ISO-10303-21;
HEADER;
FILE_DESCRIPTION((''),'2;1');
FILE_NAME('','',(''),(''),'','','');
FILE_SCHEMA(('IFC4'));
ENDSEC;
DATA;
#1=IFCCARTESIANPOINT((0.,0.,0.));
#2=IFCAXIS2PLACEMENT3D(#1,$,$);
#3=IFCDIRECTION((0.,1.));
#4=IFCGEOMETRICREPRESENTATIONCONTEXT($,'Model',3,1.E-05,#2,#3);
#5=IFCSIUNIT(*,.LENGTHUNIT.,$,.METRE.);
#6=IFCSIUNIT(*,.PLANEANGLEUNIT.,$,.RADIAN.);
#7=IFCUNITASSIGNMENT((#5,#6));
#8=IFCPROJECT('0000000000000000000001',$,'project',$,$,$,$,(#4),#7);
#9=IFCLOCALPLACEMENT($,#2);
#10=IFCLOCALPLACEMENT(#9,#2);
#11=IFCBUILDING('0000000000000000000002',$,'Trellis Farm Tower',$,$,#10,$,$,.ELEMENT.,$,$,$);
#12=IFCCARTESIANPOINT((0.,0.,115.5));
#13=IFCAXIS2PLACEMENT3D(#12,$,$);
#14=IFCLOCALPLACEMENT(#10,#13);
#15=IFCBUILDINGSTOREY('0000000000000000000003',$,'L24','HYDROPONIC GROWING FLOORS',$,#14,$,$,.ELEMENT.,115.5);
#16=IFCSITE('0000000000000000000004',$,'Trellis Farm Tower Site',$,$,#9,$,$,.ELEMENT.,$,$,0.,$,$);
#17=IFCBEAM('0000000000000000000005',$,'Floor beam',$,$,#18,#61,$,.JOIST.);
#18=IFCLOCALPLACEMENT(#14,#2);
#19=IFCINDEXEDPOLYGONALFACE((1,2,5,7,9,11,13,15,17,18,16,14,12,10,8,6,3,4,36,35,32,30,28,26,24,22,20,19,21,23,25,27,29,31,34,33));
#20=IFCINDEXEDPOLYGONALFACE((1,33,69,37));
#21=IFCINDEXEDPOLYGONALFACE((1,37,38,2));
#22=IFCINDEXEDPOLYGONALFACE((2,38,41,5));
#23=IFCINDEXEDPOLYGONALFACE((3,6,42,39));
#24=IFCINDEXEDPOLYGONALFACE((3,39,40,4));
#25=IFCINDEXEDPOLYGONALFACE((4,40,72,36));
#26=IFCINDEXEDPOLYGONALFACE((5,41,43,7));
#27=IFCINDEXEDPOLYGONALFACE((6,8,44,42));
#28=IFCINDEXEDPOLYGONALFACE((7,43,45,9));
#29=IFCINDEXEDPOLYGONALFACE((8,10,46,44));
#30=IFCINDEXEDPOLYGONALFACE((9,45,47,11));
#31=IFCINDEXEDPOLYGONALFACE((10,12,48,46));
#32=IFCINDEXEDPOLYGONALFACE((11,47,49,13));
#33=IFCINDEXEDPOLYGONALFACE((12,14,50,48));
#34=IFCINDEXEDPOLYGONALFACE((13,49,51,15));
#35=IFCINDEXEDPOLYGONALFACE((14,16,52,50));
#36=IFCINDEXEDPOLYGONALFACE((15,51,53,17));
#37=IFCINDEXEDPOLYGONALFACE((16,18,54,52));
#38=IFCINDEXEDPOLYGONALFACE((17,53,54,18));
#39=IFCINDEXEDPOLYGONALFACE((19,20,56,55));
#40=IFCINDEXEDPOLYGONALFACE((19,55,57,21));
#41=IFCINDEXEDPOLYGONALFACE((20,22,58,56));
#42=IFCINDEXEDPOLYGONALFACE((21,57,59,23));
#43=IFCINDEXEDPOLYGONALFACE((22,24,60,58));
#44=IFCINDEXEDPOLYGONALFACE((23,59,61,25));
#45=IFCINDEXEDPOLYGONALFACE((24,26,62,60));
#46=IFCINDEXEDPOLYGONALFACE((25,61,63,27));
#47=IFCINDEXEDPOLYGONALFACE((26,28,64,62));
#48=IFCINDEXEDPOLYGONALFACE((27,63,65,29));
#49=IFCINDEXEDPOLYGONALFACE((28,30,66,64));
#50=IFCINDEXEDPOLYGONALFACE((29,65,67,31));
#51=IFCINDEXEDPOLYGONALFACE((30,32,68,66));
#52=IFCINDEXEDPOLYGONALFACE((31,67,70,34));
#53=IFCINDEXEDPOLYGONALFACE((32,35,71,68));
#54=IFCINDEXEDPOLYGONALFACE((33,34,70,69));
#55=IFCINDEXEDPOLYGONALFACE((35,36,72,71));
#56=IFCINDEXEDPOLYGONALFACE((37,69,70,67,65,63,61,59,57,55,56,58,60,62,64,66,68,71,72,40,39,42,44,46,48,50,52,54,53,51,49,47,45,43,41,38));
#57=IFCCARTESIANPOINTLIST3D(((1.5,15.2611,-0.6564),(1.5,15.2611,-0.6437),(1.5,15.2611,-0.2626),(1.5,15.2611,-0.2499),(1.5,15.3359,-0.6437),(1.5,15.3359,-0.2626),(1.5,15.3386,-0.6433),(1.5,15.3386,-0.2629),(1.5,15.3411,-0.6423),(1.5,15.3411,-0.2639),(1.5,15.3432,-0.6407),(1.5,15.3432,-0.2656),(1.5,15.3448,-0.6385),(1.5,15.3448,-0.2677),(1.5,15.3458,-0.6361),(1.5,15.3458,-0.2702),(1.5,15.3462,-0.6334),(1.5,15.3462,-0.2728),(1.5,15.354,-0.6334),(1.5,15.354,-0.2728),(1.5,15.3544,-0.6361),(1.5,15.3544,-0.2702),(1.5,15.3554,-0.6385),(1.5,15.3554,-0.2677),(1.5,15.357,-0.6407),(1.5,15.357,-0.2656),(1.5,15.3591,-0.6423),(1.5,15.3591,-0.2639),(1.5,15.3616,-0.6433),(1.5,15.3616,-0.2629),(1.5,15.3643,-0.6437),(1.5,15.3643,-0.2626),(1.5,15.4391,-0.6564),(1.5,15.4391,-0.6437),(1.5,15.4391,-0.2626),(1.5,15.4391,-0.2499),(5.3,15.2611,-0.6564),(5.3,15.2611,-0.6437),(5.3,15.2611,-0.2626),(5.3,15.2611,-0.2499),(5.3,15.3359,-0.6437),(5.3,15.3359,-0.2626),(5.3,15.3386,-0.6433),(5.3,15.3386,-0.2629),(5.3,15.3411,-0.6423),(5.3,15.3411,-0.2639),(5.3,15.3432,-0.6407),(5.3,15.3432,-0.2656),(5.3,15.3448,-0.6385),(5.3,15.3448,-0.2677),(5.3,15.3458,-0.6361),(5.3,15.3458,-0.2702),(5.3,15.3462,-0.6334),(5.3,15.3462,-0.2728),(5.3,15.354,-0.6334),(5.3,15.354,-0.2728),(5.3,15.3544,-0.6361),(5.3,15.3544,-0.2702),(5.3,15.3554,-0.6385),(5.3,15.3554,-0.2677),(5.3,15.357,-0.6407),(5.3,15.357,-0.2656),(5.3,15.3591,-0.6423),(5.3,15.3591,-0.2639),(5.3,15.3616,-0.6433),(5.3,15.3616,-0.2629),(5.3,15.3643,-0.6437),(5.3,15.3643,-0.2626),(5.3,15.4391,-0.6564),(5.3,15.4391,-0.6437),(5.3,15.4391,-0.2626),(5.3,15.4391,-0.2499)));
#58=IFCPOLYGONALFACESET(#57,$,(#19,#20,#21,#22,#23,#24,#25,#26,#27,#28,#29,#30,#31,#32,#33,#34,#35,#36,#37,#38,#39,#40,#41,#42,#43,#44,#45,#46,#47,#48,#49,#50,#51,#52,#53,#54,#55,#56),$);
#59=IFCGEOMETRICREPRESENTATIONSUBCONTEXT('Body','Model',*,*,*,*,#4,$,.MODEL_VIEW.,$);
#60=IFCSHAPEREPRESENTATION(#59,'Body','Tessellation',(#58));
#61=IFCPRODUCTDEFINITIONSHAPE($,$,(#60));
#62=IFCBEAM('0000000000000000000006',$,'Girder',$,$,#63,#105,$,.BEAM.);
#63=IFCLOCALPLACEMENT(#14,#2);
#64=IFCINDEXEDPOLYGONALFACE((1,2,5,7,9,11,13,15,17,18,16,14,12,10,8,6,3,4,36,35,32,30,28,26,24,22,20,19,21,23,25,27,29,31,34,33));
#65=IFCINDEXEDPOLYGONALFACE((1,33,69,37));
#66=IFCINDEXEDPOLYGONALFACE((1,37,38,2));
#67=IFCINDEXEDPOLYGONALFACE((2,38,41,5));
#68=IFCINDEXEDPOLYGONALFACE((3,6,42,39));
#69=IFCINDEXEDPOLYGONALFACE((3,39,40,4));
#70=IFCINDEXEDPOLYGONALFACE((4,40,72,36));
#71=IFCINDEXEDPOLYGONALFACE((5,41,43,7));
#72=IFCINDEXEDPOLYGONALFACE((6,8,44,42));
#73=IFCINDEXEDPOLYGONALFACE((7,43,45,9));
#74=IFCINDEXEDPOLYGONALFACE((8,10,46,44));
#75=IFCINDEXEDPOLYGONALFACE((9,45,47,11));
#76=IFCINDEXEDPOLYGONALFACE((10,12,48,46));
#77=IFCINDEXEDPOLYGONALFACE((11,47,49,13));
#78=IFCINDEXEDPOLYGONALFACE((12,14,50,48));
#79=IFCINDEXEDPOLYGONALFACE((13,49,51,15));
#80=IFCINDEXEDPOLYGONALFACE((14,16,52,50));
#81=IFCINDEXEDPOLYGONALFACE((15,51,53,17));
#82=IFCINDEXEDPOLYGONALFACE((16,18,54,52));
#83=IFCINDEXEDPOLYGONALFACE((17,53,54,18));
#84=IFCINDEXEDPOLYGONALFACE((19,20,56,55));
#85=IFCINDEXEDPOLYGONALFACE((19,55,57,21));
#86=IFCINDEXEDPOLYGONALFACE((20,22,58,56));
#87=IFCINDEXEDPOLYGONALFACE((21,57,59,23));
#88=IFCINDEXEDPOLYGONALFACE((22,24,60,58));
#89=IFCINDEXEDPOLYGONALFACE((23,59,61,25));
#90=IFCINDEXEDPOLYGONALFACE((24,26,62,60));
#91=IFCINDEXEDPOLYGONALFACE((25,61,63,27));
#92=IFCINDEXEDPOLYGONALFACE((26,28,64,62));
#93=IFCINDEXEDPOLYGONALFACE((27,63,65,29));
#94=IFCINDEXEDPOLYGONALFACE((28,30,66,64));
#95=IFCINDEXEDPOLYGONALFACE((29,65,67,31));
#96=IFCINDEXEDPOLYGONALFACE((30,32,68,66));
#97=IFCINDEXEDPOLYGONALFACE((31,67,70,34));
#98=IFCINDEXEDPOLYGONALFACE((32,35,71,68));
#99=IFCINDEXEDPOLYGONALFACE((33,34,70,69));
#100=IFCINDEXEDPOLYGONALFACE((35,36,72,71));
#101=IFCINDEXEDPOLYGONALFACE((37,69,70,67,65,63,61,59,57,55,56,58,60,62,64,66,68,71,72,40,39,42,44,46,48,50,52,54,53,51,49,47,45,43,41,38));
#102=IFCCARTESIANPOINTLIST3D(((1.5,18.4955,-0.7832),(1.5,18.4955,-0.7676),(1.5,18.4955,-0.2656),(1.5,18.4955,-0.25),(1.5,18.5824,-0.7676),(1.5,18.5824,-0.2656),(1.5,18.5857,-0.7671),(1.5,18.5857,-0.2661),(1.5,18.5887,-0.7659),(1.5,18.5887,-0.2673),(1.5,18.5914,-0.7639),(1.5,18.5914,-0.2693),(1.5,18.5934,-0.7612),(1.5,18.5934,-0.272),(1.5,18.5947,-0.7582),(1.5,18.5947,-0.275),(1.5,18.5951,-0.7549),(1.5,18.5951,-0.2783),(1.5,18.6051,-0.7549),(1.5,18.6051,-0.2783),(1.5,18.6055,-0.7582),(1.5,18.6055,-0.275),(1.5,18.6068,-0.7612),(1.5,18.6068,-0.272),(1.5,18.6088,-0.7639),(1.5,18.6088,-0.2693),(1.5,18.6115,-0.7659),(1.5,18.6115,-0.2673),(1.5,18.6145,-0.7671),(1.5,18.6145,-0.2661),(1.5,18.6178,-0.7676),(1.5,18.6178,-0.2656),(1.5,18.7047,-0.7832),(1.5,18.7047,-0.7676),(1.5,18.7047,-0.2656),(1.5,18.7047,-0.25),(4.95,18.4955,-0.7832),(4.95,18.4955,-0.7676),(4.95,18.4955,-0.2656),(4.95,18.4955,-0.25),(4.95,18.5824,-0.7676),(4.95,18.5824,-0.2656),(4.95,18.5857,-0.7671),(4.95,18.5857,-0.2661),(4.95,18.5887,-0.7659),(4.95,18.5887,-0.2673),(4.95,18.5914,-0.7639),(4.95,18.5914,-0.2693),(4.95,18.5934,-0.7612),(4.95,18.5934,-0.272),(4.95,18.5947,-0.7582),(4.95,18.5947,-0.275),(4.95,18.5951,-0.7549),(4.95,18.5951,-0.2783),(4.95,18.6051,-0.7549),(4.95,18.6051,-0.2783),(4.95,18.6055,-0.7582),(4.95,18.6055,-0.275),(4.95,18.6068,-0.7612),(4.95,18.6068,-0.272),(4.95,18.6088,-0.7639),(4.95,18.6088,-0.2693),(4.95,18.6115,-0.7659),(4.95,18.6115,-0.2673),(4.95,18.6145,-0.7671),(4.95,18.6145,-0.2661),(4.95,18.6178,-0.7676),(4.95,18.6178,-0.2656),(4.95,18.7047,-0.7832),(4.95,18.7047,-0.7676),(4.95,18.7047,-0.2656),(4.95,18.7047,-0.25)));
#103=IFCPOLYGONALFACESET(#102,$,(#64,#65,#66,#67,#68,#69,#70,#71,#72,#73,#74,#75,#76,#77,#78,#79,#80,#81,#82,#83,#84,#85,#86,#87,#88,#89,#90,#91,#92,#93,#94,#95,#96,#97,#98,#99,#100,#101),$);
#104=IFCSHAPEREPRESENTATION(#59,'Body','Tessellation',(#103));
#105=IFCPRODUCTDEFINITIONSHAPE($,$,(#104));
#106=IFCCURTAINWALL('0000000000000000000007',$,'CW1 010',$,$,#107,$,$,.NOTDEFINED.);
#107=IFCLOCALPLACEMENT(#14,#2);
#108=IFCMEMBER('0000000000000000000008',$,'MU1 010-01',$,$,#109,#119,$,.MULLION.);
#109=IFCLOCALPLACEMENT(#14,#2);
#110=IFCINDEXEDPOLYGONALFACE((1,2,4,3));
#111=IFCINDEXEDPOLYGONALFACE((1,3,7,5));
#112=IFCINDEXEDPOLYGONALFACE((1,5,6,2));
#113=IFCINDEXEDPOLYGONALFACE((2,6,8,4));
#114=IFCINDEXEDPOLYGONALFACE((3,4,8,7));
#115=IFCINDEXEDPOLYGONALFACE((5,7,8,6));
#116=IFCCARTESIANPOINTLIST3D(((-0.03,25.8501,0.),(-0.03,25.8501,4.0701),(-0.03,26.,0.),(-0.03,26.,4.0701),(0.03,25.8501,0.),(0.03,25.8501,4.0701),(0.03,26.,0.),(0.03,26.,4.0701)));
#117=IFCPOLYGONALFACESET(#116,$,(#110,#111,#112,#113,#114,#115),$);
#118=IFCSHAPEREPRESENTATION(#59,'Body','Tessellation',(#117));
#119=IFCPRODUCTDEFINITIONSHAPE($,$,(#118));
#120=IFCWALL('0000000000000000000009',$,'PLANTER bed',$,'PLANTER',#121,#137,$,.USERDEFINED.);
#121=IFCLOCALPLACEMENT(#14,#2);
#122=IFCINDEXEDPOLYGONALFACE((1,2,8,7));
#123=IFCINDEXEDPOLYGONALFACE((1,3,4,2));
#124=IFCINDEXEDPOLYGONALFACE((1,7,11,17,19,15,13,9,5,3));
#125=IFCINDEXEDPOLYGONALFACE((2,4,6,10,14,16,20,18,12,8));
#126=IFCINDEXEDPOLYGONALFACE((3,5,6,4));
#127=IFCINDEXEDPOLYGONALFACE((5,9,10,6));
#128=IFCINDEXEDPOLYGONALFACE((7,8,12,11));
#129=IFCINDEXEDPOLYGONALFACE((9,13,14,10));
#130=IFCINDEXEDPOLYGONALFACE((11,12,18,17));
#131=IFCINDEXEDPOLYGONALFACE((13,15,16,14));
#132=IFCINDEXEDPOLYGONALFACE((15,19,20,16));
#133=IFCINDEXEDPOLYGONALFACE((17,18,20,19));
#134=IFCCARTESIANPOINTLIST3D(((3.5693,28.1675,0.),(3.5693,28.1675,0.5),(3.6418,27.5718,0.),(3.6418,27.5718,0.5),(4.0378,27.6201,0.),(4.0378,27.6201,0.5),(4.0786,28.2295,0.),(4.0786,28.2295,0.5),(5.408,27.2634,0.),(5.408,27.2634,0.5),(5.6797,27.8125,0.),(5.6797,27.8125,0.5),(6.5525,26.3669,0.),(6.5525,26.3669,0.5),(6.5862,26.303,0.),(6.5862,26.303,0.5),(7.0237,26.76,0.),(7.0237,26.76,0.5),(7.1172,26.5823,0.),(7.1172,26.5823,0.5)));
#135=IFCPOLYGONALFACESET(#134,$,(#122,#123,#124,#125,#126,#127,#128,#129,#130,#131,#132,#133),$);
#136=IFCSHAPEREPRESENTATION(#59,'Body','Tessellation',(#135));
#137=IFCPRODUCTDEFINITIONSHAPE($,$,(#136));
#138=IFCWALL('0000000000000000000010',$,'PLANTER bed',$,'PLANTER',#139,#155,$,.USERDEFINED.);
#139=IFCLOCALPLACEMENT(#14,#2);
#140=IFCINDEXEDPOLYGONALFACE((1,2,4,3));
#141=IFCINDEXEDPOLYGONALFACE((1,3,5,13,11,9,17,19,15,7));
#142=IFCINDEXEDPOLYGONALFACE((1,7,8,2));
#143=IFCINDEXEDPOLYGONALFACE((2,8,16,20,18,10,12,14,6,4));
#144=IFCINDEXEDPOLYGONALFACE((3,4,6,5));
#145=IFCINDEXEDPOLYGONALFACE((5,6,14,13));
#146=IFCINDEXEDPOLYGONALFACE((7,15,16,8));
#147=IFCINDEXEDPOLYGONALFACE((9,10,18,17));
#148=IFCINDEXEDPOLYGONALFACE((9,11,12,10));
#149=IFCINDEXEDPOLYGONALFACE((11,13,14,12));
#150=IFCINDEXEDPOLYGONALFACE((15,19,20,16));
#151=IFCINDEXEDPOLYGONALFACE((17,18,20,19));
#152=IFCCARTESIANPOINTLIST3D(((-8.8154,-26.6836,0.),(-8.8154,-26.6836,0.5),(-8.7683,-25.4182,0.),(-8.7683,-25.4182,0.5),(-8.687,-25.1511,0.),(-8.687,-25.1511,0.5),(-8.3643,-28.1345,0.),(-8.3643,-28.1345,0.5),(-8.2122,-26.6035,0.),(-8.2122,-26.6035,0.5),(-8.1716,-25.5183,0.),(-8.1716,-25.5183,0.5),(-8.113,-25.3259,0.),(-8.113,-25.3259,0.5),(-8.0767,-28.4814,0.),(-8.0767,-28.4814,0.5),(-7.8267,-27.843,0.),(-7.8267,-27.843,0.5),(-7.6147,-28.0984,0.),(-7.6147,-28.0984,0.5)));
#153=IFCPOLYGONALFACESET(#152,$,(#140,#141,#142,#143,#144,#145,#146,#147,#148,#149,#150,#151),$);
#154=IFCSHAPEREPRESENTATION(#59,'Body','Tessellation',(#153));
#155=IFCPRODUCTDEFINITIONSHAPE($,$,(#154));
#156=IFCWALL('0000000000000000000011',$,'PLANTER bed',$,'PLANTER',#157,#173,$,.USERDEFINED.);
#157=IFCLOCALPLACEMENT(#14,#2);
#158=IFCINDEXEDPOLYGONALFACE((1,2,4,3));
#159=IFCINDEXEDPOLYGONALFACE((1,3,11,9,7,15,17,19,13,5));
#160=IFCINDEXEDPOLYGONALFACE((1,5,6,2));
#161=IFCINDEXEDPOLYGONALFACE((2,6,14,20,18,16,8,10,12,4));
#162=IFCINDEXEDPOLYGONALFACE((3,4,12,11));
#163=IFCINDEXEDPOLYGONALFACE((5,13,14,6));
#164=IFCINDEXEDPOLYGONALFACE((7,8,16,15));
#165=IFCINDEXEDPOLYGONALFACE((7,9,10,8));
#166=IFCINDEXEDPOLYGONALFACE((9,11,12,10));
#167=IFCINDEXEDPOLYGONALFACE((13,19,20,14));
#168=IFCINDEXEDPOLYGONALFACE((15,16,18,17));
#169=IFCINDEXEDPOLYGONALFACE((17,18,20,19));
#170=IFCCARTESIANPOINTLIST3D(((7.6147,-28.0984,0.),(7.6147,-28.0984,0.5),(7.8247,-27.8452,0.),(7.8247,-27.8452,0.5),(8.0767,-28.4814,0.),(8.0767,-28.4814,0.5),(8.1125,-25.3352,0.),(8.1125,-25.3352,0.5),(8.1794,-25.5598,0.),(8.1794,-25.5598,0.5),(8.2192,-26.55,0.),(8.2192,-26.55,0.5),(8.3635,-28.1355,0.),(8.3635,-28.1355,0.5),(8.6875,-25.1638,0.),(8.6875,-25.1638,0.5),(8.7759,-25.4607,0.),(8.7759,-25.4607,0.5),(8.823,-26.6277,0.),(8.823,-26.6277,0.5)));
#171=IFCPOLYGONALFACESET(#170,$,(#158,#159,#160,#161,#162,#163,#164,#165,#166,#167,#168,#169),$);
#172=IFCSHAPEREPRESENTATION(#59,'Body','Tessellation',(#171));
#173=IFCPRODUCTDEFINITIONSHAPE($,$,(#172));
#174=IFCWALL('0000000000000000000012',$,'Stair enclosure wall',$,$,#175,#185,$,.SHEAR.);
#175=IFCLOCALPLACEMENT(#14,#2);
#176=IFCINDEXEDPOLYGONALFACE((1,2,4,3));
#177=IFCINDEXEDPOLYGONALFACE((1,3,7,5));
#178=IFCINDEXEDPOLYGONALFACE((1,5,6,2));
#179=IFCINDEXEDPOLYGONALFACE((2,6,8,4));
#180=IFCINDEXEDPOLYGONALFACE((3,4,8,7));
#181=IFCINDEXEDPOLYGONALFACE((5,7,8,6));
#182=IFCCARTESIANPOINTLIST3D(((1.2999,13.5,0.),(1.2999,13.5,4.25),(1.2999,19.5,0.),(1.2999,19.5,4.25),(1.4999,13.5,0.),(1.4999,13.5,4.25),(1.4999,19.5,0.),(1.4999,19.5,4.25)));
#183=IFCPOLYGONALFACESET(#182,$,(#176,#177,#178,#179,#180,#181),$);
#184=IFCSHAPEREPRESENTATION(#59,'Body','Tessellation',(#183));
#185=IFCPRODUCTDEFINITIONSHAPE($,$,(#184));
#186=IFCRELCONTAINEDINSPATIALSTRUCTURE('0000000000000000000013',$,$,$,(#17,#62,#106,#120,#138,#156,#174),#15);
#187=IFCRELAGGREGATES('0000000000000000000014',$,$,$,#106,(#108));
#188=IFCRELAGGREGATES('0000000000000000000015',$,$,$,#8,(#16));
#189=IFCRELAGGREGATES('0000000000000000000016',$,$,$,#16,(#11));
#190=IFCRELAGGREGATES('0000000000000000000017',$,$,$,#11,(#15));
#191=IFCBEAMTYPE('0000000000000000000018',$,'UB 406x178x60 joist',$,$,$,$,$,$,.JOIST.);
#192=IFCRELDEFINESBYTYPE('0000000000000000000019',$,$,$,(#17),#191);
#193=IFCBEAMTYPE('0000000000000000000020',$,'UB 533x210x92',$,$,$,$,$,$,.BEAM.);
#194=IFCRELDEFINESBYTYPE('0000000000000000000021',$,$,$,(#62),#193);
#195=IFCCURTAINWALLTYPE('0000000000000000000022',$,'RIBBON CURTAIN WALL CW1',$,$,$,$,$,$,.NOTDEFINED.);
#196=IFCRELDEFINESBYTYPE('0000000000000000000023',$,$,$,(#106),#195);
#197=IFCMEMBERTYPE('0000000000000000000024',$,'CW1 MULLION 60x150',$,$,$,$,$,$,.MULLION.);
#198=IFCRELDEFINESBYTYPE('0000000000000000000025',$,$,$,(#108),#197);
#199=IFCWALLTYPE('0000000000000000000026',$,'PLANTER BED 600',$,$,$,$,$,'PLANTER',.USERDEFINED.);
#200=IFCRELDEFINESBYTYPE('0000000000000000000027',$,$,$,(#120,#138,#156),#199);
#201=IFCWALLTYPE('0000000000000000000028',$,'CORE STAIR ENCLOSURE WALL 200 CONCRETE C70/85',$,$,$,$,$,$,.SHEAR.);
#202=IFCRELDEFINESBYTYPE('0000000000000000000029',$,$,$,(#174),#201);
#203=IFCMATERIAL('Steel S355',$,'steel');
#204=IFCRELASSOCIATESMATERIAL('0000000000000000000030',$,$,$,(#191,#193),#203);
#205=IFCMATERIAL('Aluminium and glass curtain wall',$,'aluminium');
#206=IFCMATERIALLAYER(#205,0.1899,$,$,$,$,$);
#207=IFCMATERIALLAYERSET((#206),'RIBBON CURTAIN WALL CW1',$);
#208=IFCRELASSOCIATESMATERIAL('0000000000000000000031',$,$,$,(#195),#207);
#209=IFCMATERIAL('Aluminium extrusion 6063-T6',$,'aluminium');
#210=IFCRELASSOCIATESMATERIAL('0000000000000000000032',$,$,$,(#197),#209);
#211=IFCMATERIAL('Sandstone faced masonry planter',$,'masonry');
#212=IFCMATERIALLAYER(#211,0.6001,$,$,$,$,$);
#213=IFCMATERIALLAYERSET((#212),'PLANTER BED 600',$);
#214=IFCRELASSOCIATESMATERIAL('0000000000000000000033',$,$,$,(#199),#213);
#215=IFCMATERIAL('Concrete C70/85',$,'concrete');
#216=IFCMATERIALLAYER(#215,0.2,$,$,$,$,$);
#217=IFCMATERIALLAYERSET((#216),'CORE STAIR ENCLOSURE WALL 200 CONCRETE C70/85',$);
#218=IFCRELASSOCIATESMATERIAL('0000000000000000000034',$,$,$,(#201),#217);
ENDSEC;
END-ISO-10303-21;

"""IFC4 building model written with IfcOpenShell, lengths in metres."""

from ifc_helpers import new_model, si_unit, direction, frame, frame_2d, origin, origin_2d, place, context, subcontext, project, spatial, polyline, rectangle, i_section, outline, extrude, source, transform, mapped, material, layer, layer_set, material_profile, profile_set, type_object, element, aggregate, save


model = new_model("IFC4")

# Units and contexts
model_context = context("Model", 3, precision=1e-05, world=origin(), true_north=direction((0.0, 1.0)))
body_context = subcontext(model_context, "Body", "Model", "MODEL_VIEW")
ifc_project = project(units=[si_unit("LENGTHUNIT", "METRE"), si_unit("PLANEANGLEUNIT", "RADIAN")], contexts=[model_context])

# Site, building, storey
site_placement = place(None, origin())
site = spatial("IfcSite", under=ifc_project, at=site_placement, Name="Trellis Farm Tower Site", CompositionType="ELEMENT", RefElevation=0.0)
building_placement = place(site_placement, origin())
building = spatial("IfcBuilding", under=site, at=building_placement, Name="Trellis Farm Tower", CompositionType="ELEMENT")
storey_placement = place(building_placement, frame((0.0, 0.0, 115.5)))
storey = spatial("IfcBuildingStorey", under=building, at=storey_placement, Name="L24", Description="HYDROPONIC GROWING FLOORS", CompositionType="ELEMENT", Elevation=115.5)

# Beams
ifc_material_1 = material(Name="Steel S355", Category="steel")
ifc_material_profile_1 = material_profile(ifc_material_1, i_section(OverallWidth=0.178, OverallDepth=0.4065, WebThickness=0.0078, FlangeThickness=0.0127, FilletRadius=0.0103, at=origin_2d()), Name="UB 406x178x60")
ifc_profile_set_1 = profile_set([ifc_material_profile_1], Name="Steel S355")
beam_type_1 = type_object("IfcBeamType", Name="UB 406x178x60 joist", PredefinedType="JOIST", material=ifc_profile_set_1)
shared_shape_1 = source(origin(), body_context, "Body", "SweptSolid", [
    extrude(i_section(OverallWidth=0.178, OverallDepth=0.4065, WebThickness=0.0078, FlangeThickness=0.0127, FilletRadius=0.0103, at=origin_2d()), origin(), (0.0, 0.0, 1.0), 3.8),
])
beam_1_placement = place(storey_placement, frame((1.5, 15.3501, -0.4531), z_axis=(1.0, 0.0, 0.0), x_axis=(0.0, 1.0, 0.0)))
element("IfcBeam", 1, at=beam_1_placement, inside=storey, type_object=beam_type_1, Name="Floor beam", PredefinedType="JOIST", context=body_context, shape_type="MappedRepresentation", body=[
    mapped(shared_shape_1, transform((0.0, 0.0, 0.0))),
])
ifc_material_profile_2 = material_profile(ifc_material_1, i_section(OverallWidth=0.2092, OverallDepth=0.5332, WebThickness=0.01, FlangeThickness=0.0156, FilletRadius=0.0127, at=origin_2d()), Name="UB 533x210x92")
ifc_profile_set_2 = profile_set([ifc_material_profile_2], Name="Steel S355")
beam_type_2 = type_object("IfcBeamType", Name="UB 533x210x92", PredefinedType="BEAM", material=ifc_profile_set_2)
shared_shape_2 = source(origin(), body_context, "Body", "SweptSolid", [
    extrude(i_section(OverallWidth=0.2092, OverallDepth=0.5332, WebThickness=0.01, FlangeThickness=0.0156, FilletRadius=0.0127, at=origin_2d()), origin(), (0.0, 0.0, 1.0), 3.45),
])
beam_2_placement = place(storey_placement, frame((1.5, 18.6001, -0.5166), z_axis=(1.0, 0.0, 0.0), x_axis=(0.0, 1.0, 0.0)))
element("IfcBeam", 2, at=beam_2_placement, inside=storey, type_object=beam_type_2, Name="Girder", PredefinedType="BEAM", context=body_context, shape_type="MappedRepresentation", body=[
    mapped(shared_shape_2, transform((0.0, 0.0, 0.0))),
])

# Curtain wall, member
ifc_material_2 = material(Name="Aluminium and glass curtain wall", Category="aluminium")
ifc_layer_1 = layer(ifc_material_2, 0.1899)
ifc_layer_set_1 = layer_set([ifc_layer_1], Name="RIBBON CURTAIN WALL CW1")
curtain_wall_type = type_object("IfcCurtainWallType", Name="RIBBON CURTAIN WALL CW1", PredefinedType="NOTDEFINED", material=ifc_layer_set_1)
placement = place(storey_placement, origin())
curtain_wall = element("IfcCurtainWall", 3, at=placement, inside=storey, type_object=curtain_wall_type, Name="CW1 010", PredefinedType="NOTDEFINED")
ifc_material_3 = material(Name="Aluminium extrusion 6063-T6", Category="aluminium")
ifc_material_profile_3 = material_profile(ifc_material_3, rectangle(XDim=0.0601, YDim=0.1499, at=origin_2d()), Name="MULLION 60x150")
ifc_profile_set_3 = profile_set([ifc_material_profile_3], Name="Aluminium extrusion 6063-T6")
member_type = type_object("IfcMemberType", Name="CW1 MULLION 60x150", PredefinedType="MULLION", material=ifc_profile_set_3)
shared_shape_3 = source(origin(), body_context, "Body", "SweptSolid", [
    extrude(rectangle(XDim=0.0601, YDim=0.1499, at=origin_2d()), origin(), (0.0, 0.0, 1.0), 4.0701),
])
member_placement = place(storey_placement, frame((0.0, 25.925, 0.0), z_axis=(0.0, 0.0, 1.0), x_axis=(-1.0, 0.0, 0.0)))
member = element("IfcMember", 4, at=member_placement, type_object=member_type, Name="MU1 010-01", PredefinedType="MULLION", context=body_context, shape_type="MappedRepresentation", body=[
    mapped(shared_shape_3, transform((0.0, 0.0, 0.0))),
])
aggregate(curtain_wall, [member])

# Walls
ifc_material_4 = material(Name="Sandstone faced masonry planter", Category="masonry")
ifc_layer_2 = layer(ifc_material_4, 0.6001)
ifc_layer_set_2 = layer_set([ifc_layer_2], Name="PLANTER BED 600")
wall_type_1 = type_object("IfcWallType", Name="PLANTER BED 600", ElementType="PLANTER", PredefinedType="USERDEFINED", material=ifc_layer_set_2)
element("IfcWall", 5, at=placement, inside=storey, type_object=wall_type_1, Name="PLANTER bed", ObjectType="PLANTER", PredefinedType="USERDEFINED", context=body_context, shape_type="SweptSolid", body=[
    extrude(outline(polyline([(4.0786, 28.2295), (5.6797, 27.8125), (7.0237, 26.76), (7.1172, 26.5823), (6.5862, 26.303), (6.5525, 26.3669), (5.408, 27.2634), (4.0378, 27.6201), (3.6418, 27.5718), (3.5693, 28.1675), (4.0786, 28.2295)])), origin(), (0.0, 0.0, 1.0), 0.5),
])
element("IfcWall", 6, at=placement, inside=storey, type_object=wall_type_1, Name="PLANTER bed", ObjectType="PLANTER", PredefinedType="USERDEFINED", context=body_context, shape_type="SweptSolid", body=[
    extrude(outline(polyline([(-8.8154, -26.6836), (-8.7683, -25.4182), (-8.687, -25.1511), (-8.113, -25.3259), (-8.1716, -25.5183), (-8.2122, -26.6035), (-7.8267, -27.843), (-7.6147, -28.0984), (-8.0767, -28.4814), (-8.3643, -28.1345), (-8.8154, -26.6836)])), origin(), (0.0, 0.0, 1.0), 0.5),
])
element("IfcWall", 7, at=placement, inside=storey, type_object=wall_type_1, Name="PLANTER bed", ObjectType="PLANTER", PredefinedType="USERDEFINED", context=body_context, shape_type="SweptSolid", body=[
    extrude(outline(polyline([(8.823, -26.6277), (8.3635, -28.1355), (8.0767, -28.4814), (7.6147, -28.0984), (7.8247, -27.8452), (8.2192, -26.55), (8.1794, -25.5598), (8.1125, -25.3352), (8.6875, -25.1638), (8.7759, -25.4607), (8.823, -26.6277)])), origin(), (0.0, 0.0, 1.0), 0.5),
])
ifc_material_5 = material(Name="Concrete C70/85", Category="concrete")
ifc_layer_3 = layer(ifc_material_5, 0.2)
ifc_layer_set_3 = layer_set([ifc_layer_3], Name="CORE STAIR ENCLOSURE WALL 200 CONCRETE C70/85")
wall_type_2 = type_object("IfcWallType", Name="CORE STAIR ENCLOSURE WALL 200 CONCRETE C70/85", PredefinedType="SHEAR", material=ifc_layer_set_3)
shared_shape_4 = source(origin(), body_context, "Body", "SweptSolid", [
    extrude(rectangle(XDim=6.0, YDim=0.2, at=frame_2d((3.0, 0.0))), origin(), (0.0, 0.0, 1.0), 4.25),
])
wall_1_placement = place(storey_placement, frame((1.3999, 13.5, 0.0), z_axis=(0.0, 0.0, 1.0), x_axis=(0.0, 1.0, 0.0)))
element("IfcWall", 8, at=wall_1_placement, inside=storey, type_object=wall_type_2, Name="Stair enclosure wall", PredefinedType="SHEAR", context=body_context, shape_type="MappedRepresentation", body=[
    mapped(shared_shape_4, transform((0.0, 0.0, 0.0))),
])

save(model, "model.ifc")
